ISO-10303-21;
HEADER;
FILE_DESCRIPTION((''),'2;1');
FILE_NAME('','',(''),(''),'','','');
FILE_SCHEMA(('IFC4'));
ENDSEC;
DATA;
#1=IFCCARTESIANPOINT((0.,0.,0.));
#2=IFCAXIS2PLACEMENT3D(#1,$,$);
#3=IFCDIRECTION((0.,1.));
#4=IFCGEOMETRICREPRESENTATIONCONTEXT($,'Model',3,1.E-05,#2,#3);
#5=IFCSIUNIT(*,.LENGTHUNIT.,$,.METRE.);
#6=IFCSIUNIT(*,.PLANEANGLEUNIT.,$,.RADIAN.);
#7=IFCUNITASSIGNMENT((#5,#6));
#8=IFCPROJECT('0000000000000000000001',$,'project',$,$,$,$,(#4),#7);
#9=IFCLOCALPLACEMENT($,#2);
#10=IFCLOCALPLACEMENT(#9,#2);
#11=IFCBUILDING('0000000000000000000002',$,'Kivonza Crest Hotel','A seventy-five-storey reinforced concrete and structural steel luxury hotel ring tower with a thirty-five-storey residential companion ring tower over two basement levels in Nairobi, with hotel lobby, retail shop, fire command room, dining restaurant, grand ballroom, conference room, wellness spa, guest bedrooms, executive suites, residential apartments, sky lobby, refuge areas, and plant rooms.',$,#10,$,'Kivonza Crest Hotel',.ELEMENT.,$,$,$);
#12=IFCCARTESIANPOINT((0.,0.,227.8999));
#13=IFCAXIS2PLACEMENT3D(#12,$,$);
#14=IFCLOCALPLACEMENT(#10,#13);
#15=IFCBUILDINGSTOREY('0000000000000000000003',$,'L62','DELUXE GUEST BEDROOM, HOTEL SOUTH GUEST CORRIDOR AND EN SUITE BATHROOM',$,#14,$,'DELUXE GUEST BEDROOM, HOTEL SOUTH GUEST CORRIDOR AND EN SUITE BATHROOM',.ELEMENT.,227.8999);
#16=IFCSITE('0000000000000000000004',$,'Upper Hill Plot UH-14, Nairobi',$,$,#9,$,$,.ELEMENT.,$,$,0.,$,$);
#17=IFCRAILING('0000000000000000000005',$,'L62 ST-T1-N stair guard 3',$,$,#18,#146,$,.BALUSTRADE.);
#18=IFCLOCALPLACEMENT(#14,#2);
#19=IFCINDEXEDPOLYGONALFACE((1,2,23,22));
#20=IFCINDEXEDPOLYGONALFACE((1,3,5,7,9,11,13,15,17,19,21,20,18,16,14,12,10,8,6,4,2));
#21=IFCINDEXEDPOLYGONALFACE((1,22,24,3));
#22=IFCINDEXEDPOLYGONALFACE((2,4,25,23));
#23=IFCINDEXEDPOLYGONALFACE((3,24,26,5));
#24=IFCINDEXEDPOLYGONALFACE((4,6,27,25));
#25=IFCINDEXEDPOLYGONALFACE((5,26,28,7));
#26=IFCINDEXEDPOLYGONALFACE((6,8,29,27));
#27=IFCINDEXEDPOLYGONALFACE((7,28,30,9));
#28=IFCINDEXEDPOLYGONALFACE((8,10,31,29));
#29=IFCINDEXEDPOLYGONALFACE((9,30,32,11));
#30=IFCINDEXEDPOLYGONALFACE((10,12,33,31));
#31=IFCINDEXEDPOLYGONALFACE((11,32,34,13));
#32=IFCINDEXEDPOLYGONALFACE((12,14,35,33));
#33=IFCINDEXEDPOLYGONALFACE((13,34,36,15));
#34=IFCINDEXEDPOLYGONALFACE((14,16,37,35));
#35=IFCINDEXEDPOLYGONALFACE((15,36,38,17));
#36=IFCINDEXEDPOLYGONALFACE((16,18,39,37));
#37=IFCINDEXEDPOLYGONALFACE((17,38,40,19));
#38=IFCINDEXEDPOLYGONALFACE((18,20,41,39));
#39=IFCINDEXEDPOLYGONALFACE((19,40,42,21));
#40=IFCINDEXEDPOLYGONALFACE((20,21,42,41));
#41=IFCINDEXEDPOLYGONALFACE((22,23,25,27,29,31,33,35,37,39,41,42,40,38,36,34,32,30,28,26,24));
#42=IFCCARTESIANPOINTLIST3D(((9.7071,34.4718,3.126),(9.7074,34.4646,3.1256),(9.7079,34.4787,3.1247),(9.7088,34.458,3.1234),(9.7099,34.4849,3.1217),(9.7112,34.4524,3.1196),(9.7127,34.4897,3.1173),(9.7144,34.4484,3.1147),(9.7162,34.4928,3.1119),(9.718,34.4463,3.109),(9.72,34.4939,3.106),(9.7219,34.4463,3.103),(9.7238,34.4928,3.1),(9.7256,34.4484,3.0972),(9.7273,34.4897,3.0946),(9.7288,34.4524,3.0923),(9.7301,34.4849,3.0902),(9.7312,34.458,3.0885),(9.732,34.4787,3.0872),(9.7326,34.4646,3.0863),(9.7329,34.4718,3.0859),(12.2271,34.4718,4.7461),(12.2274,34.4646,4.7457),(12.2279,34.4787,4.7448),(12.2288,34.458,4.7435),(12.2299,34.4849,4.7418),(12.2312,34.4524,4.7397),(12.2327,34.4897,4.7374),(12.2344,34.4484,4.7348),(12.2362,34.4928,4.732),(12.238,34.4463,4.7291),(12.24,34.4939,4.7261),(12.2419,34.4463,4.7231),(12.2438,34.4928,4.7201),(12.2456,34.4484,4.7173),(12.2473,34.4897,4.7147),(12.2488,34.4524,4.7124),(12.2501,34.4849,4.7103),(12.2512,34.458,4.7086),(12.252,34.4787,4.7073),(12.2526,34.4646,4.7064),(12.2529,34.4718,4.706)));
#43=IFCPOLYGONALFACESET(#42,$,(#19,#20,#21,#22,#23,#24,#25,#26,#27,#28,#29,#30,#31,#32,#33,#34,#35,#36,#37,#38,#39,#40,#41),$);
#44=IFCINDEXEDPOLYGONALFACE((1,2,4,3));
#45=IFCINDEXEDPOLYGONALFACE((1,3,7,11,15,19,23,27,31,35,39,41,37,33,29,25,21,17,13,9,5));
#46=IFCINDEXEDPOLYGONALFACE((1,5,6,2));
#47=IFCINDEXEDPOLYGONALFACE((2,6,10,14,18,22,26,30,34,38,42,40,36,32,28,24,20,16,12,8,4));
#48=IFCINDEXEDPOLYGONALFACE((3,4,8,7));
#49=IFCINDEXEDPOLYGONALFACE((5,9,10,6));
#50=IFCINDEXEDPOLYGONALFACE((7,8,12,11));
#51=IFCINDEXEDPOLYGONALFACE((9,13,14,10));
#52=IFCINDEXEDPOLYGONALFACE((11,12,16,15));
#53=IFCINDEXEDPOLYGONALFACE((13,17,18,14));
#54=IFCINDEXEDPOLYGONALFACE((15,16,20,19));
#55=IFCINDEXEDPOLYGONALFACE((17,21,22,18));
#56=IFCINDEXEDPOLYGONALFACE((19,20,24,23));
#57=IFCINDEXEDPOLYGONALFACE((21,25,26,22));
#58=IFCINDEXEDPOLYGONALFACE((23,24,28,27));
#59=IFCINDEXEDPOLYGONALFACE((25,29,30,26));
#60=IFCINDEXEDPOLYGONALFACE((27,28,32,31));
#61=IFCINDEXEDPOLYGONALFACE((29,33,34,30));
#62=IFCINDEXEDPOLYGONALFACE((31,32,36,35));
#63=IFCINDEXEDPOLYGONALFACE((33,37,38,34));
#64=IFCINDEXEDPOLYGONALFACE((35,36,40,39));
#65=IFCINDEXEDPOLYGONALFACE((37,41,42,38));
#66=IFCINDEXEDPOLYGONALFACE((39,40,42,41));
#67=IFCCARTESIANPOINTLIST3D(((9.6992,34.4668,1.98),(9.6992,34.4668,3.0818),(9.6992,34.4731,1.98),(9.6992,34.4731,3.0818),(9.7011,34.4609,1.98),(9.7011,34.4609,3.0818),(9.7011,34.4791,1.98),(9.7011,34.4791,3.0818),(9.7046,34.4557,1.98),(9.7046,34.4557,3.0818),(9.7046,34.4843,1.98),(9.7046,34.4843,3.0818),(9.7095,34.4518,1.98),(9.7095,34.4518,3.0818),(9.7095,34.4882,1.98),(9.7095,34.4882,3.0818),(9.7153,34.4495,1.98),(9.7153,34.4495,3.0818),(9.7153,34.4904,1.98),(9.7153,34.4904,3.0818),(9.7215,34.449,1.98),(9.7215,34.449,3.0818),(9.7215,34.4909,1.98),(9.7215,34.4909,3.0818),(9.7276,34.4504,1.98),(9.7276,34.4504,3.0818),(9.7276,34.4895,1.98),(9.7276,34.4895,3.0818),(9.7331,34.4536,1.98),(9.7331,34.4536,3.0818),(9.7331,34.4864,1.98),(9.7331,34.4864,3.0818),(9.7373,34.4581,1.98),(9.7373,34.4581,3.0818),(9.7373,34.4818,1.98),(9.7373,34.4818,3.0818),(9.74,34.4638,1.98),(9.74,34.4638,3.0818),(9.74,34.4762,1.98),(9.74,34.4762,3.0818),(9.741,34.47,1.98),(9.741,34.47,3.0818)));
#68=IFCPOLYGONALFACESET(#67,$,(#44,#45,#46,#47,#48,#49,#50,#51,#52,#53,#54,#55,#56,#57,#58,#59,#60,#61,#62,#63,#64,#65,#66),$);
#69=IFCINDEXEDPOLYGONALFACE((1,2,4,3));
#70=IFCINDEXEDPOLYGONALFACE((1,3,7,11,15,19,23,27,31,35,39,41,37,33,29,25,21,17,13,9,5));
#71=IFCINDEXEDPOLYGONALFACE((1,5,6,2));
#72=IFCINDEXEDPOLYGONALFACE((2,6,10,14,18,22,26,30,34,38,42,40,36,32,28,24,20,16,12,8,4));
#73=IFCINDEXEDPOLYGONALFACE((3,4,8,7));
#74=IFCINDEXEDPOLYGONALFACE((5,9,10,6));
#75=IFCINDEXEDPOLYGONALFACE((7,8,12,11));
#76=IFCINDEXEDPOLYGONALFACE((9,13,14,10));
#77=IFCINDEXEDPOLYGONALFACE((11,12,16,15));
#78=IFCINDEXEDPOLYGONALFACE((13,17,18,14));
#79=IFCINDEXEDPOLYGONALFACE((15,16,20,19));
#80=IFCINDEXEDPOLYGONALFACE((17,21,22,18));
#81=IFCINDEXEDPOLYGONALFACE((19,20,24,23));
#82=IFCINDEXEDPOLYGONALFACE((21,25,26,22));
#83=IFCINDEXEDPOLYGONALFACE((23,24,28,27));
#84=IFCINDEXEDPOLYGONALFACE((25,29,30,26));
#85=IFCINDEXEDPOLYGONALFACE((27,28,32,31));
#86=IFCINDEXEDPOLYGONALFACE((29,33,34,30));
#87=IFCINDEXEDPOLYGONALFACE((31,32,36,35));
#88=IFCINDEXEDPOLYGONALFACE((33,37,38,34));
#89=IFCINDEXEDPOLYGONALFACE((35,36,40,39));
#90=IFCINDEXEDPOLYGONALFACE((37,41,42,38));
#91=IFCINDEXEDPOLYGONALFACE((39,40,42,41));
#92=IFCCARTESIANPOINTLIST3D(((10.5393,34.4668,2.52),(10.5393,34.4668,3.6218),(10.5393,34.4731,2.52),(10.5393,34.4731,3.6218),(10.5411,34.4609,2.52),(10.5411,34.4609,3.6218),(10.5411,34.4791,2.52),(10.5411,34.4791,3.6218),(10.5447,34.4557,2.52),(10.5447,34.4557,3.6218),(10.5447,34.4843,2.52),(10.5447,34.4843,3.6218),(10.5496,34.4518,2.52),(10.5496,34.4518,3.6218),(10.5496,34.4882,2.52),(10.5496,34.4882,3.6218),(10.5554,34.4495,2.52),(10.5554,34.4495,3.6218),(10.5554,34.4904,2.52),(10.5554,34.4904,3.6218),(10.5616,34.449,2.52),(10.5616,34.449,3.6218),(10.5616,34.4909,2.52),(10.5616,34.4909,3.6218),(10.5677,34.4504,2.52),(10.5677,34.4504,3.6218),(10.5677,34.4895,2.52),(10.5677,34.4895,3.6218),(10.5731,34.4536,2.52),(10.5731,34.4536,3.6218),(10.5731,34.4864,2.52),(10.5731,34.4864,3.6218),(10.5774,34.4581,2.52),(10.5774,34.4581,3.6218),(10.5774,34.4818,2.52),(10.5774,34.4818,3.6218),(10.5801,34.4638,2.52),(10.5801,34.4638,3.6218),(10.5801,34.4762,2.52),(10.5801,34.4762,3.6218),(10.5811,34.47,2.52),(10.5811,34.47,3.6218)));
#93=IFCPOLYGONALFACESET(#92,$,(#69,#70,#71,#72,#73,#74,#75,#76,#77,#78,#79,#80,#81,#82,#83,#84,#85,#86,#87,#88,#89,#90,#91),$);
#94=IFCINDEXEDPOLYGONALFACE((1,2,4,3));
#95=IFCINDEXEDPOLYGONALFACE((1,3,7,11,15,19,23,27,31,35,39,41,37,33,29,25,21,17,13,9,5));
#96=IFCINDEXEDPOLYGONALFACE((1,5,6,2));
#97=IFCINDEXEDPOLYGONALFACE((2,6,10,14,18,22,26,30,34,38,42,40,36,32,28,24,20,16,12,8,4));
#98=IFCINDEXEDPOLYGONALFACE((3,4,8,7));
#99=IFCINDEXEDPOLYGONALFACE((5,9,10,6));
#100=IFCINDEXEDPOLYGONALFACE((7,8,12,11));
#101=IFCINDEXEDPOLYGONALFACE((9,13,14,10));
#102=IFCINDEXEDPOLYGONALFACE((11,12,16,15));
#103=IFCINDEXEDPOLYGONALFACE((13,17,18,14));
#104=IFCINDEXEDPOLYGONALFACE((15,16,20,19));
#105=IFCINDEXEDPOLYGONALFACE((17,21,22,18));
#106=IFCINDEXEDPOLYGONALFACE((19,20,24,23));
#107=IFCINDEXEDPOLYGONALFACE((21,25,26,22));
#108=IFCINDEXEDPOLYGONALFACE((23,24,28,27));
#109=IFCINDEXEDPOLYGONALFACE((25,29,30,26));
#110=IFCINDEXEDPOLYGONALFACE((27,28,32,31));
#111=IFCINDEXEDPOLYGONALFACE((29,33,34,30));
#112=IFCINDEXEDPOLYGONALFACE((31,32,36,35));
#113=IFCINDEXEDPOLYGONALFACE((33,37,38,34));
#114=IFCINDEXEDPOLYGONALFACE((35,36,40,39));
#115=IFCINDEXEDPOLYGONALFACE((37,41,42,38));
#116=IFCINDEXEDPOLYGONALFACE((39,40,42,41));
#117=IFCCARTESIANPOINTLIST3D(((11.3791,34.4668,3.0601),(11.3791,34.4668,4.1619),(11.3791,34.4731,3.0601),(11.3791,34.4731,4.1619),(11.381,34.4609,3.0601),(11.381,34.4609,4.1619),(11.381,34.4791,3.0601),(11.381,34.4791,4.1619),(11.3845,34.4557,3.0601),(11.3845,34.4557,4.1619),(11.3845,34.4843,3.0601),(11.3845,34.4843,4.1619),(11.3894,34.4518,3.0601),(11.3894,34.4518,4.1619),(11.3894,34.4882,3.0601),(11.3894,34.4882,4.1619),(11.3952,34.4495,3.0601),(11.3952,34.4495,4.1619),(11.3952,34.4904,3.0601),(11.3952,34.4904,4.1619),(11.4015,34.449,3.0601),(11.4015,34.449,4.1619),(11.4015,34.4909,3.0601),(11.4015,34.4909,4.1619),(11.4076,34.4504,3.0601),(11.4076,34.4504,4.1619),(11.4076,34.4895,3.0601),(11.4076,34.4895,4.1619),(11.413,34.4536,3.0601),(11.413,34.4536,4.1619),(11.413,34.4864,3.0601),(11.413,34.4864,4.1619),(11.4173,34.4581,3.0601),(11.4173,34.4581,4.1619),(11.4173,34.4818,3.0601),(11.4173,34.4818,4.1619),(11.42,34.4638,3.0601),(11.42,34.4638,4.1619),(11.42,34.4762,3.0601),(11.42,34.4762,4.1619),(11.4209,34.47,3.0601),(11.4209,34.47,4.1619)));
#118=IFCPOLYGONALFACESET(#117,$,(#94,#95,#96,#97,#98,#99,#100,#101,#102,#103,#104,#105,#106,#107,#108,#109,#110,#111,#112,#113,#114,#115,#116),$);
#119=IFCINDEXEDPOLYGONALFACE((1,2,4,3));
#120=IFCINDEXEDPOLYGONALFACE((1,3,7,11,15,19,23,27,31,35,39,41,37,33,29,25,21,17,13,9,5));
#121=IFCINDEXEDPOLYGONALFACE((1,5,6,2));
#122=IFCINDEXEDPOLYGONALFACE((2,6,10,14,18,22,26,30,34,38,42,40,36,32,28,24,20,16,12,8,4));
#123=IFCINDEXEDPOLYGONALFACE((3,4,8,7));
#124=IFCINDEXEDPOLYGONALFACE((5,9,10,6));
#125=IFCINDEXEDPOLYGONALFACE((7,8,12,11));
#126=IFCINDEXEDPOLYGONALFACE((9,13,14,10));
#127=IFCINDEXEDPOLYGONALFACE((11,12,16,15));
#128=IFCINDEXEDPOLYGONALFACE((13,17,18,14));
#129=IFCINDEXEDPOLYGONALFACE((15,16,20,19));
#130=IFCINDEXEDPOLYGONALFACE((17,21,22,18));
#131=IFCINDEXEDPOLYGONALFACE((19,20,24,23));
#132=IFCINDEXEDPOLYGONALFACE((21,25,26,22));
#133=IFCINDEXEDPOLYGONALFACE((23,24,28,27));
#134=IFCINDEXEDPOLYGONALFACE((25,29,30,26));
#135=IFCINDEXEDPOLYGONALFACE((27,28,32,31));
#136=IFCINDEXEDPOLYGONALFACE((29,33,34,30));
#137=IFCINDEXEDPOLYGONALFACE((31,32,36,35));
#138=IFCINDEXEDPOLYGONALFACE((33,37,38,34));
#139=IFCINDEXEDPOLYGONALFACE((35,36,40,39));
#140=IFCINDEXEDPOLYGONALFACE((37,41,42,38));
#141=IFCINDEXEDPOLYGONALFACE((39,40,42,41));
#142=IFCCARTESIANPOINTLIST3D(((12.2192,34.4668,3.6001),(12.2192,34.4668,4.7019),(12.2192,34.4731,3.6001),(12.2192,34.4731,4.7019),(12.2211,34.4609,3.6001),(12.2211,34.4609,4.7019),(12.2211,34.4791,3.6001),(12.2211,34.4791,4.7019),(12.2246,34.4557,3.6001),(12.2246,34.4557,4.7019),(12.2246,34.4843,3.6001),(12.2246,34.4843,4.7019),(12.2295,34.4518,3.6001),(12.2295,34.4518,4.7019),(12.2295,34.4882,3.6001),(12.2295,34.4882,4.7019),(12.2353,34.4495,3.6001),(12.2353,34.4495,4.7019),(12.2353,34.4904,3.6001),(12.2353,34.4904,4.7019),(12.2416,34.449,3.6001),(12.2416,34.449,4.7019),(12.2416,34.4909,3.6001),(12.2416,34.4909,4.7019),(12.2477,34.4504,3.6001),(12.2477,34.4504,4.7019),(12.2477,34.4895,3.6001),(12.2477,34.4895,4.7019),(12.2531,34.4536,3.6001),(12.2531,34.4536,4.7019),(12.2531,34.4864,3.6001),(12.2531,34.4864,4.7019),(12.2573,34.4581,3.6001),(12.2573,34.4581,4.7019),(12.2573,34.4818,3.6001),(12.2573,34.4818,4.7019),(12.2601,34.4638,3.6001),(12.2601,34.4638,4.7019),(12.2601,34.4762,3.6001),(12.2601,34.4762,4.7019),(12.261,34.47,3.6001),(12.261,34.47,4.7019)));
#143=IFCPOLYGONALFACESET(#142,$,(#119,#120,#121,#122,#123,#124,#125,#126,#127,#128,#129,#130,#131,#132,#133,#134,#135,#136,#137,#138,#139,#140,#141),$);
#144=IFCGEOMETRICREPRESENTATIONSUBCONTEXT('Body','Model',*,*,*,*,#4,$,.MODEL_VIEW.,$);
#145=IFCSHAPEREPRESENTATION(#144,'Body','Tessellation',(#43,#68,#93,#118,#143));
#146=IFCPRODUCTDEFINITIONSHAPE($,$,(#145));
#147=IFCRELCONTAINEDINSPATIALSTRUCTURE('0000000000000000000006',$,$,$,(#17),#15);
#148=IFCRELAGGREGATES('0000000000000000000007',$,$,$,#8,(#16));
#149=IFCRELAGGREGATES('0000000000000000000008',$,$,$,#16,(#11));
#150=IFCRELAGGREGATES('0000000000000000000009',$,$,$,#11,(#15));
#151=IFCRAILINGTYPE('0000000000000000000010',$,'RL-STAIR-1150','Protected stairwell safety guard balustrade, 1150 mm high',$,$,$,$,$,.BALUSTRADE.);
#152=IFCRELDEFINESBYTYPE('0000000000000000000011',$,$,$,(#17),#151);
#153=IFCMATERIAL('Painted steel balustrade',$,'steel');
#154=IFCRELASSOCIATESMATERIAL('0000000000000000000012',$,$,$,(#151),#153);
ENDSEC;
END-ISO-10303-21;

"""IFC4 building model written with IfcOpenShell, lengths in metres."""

from ifc_helpers import new_model, si_unit, direction, frame, origin, origin_2d, place, context, subcontext, project, spatial, circle, extrude, material, type_object, element, save


model = new_model("IFC4")

# Units and contexts
model_context = context("Model", 3, precision=1e-05, world=origin(), true_north=direction((0.0, 1.0)))
body_context = subcontext(model_context, "Body", "Model", "MODEL_VIEW")
ifc_project = project(units=[si_unit("LENGTHUNIT", "METRE"), si_unit("PLANEANGLEUNIT", "RADIAN")], contexts=[model_context])

# Site, building, storey
site_placement = place(None, origin())
site = spatial("IfcSite", under=ifc_project, at=site_placement, Name="Upper Hill Plot UH-14, Nairobi", CompositionType="ELEMENT", RefElevation=0.0)
building_placement = place(site_placement, origin())
building = spatial("IfcBuilding", under=site, at=building_placement, Name="Kivonza Crest Hotel", Description="A seventy-five-storey reinforced concrete and structural steel luxury hotel ring tower with a thirty-five-storey residential companion ring tower over two basement levels in Nairobi, with hotel lobby, retail shop, fire command room, dining restaurant, grand ballroom, conference room, wellness spa, guest bedrooms, executive suites, residential apartments, sky lobby, refuge areas, and plant rooms.", LongName="Kivonza Crest Hotel", CompositionType="ELEMENT")
storey_placement = place(building_placement, frame((0.0, 0.0, 227.8999)))
storey = spatial("IfcBuildingStorey", under=building, at=storey_placement, Name="L62", Description="DELUXE GUEST BEDROOM, HOTEL SOUTH GUEST CORRIDOR AND EN SUITE BATHROOM", LongName="DELUXE GUEST BEDROOM, HOTEL SOUTH GUEST CORRIDOR AND EN SUITE BATHROOM", CompositionType="ELEMENT", Elevation=227.8999)

# Railing
ifc_material_1 = material(Name="Painted steel balustrade", Category="steel")
railing_type = type_object("IfcRailingType", Name="RL-STAIR-1150", Description="Protected stairwell safety guard balustrade, 1150 mm high", PredefinedType="BALUSTRADE", material=ifc_material_1)
railing_1_placement = place(storey_placement, frame((9.72, 34.47, 1.98)))
element("IfcRailing", 1, at=railing_1_placement, inside=storey, type_object=railing_type, Name="L62 ST-T1-N stair guard 3", PredefinedType="BALUSTRADE", context=body_context, shape_type="SweptSolid", body=[
    extrude(circle(Radius=0.0239, at=origin_2d()), frame((0.0, 0.0, 1.126), z_axis=(0.841163, 0.0, 0.540782), x_axis=(0.0, 1.0, 0.0)), (0.0, 0.0, 1.0), 2.9958),
    extrude(circle(Radius=0.021, at=origin_2d()), origin(), (0.0, 0.0, 1.0), 1.1018),
    extrude(circle(Radius=0.021, at=origin_2d()), frame((0.8401, 0.0, 0.54)), (0.0, 0.0, 1.0), 1.1018),
    extrude(circle(Radius=0.021, at=origin_2d()), frame((1.6799, 0.0, 1.0801)), (0.0, 0.0, 1.0), 1.1018),
    extrude(circle(Radius=0.021, at=origin_2d()), frame((2.52, 0.0, 1.6201)), (0.0, 0.0, 1.0), 1.1018),
])

save(model, "model.ifc")
